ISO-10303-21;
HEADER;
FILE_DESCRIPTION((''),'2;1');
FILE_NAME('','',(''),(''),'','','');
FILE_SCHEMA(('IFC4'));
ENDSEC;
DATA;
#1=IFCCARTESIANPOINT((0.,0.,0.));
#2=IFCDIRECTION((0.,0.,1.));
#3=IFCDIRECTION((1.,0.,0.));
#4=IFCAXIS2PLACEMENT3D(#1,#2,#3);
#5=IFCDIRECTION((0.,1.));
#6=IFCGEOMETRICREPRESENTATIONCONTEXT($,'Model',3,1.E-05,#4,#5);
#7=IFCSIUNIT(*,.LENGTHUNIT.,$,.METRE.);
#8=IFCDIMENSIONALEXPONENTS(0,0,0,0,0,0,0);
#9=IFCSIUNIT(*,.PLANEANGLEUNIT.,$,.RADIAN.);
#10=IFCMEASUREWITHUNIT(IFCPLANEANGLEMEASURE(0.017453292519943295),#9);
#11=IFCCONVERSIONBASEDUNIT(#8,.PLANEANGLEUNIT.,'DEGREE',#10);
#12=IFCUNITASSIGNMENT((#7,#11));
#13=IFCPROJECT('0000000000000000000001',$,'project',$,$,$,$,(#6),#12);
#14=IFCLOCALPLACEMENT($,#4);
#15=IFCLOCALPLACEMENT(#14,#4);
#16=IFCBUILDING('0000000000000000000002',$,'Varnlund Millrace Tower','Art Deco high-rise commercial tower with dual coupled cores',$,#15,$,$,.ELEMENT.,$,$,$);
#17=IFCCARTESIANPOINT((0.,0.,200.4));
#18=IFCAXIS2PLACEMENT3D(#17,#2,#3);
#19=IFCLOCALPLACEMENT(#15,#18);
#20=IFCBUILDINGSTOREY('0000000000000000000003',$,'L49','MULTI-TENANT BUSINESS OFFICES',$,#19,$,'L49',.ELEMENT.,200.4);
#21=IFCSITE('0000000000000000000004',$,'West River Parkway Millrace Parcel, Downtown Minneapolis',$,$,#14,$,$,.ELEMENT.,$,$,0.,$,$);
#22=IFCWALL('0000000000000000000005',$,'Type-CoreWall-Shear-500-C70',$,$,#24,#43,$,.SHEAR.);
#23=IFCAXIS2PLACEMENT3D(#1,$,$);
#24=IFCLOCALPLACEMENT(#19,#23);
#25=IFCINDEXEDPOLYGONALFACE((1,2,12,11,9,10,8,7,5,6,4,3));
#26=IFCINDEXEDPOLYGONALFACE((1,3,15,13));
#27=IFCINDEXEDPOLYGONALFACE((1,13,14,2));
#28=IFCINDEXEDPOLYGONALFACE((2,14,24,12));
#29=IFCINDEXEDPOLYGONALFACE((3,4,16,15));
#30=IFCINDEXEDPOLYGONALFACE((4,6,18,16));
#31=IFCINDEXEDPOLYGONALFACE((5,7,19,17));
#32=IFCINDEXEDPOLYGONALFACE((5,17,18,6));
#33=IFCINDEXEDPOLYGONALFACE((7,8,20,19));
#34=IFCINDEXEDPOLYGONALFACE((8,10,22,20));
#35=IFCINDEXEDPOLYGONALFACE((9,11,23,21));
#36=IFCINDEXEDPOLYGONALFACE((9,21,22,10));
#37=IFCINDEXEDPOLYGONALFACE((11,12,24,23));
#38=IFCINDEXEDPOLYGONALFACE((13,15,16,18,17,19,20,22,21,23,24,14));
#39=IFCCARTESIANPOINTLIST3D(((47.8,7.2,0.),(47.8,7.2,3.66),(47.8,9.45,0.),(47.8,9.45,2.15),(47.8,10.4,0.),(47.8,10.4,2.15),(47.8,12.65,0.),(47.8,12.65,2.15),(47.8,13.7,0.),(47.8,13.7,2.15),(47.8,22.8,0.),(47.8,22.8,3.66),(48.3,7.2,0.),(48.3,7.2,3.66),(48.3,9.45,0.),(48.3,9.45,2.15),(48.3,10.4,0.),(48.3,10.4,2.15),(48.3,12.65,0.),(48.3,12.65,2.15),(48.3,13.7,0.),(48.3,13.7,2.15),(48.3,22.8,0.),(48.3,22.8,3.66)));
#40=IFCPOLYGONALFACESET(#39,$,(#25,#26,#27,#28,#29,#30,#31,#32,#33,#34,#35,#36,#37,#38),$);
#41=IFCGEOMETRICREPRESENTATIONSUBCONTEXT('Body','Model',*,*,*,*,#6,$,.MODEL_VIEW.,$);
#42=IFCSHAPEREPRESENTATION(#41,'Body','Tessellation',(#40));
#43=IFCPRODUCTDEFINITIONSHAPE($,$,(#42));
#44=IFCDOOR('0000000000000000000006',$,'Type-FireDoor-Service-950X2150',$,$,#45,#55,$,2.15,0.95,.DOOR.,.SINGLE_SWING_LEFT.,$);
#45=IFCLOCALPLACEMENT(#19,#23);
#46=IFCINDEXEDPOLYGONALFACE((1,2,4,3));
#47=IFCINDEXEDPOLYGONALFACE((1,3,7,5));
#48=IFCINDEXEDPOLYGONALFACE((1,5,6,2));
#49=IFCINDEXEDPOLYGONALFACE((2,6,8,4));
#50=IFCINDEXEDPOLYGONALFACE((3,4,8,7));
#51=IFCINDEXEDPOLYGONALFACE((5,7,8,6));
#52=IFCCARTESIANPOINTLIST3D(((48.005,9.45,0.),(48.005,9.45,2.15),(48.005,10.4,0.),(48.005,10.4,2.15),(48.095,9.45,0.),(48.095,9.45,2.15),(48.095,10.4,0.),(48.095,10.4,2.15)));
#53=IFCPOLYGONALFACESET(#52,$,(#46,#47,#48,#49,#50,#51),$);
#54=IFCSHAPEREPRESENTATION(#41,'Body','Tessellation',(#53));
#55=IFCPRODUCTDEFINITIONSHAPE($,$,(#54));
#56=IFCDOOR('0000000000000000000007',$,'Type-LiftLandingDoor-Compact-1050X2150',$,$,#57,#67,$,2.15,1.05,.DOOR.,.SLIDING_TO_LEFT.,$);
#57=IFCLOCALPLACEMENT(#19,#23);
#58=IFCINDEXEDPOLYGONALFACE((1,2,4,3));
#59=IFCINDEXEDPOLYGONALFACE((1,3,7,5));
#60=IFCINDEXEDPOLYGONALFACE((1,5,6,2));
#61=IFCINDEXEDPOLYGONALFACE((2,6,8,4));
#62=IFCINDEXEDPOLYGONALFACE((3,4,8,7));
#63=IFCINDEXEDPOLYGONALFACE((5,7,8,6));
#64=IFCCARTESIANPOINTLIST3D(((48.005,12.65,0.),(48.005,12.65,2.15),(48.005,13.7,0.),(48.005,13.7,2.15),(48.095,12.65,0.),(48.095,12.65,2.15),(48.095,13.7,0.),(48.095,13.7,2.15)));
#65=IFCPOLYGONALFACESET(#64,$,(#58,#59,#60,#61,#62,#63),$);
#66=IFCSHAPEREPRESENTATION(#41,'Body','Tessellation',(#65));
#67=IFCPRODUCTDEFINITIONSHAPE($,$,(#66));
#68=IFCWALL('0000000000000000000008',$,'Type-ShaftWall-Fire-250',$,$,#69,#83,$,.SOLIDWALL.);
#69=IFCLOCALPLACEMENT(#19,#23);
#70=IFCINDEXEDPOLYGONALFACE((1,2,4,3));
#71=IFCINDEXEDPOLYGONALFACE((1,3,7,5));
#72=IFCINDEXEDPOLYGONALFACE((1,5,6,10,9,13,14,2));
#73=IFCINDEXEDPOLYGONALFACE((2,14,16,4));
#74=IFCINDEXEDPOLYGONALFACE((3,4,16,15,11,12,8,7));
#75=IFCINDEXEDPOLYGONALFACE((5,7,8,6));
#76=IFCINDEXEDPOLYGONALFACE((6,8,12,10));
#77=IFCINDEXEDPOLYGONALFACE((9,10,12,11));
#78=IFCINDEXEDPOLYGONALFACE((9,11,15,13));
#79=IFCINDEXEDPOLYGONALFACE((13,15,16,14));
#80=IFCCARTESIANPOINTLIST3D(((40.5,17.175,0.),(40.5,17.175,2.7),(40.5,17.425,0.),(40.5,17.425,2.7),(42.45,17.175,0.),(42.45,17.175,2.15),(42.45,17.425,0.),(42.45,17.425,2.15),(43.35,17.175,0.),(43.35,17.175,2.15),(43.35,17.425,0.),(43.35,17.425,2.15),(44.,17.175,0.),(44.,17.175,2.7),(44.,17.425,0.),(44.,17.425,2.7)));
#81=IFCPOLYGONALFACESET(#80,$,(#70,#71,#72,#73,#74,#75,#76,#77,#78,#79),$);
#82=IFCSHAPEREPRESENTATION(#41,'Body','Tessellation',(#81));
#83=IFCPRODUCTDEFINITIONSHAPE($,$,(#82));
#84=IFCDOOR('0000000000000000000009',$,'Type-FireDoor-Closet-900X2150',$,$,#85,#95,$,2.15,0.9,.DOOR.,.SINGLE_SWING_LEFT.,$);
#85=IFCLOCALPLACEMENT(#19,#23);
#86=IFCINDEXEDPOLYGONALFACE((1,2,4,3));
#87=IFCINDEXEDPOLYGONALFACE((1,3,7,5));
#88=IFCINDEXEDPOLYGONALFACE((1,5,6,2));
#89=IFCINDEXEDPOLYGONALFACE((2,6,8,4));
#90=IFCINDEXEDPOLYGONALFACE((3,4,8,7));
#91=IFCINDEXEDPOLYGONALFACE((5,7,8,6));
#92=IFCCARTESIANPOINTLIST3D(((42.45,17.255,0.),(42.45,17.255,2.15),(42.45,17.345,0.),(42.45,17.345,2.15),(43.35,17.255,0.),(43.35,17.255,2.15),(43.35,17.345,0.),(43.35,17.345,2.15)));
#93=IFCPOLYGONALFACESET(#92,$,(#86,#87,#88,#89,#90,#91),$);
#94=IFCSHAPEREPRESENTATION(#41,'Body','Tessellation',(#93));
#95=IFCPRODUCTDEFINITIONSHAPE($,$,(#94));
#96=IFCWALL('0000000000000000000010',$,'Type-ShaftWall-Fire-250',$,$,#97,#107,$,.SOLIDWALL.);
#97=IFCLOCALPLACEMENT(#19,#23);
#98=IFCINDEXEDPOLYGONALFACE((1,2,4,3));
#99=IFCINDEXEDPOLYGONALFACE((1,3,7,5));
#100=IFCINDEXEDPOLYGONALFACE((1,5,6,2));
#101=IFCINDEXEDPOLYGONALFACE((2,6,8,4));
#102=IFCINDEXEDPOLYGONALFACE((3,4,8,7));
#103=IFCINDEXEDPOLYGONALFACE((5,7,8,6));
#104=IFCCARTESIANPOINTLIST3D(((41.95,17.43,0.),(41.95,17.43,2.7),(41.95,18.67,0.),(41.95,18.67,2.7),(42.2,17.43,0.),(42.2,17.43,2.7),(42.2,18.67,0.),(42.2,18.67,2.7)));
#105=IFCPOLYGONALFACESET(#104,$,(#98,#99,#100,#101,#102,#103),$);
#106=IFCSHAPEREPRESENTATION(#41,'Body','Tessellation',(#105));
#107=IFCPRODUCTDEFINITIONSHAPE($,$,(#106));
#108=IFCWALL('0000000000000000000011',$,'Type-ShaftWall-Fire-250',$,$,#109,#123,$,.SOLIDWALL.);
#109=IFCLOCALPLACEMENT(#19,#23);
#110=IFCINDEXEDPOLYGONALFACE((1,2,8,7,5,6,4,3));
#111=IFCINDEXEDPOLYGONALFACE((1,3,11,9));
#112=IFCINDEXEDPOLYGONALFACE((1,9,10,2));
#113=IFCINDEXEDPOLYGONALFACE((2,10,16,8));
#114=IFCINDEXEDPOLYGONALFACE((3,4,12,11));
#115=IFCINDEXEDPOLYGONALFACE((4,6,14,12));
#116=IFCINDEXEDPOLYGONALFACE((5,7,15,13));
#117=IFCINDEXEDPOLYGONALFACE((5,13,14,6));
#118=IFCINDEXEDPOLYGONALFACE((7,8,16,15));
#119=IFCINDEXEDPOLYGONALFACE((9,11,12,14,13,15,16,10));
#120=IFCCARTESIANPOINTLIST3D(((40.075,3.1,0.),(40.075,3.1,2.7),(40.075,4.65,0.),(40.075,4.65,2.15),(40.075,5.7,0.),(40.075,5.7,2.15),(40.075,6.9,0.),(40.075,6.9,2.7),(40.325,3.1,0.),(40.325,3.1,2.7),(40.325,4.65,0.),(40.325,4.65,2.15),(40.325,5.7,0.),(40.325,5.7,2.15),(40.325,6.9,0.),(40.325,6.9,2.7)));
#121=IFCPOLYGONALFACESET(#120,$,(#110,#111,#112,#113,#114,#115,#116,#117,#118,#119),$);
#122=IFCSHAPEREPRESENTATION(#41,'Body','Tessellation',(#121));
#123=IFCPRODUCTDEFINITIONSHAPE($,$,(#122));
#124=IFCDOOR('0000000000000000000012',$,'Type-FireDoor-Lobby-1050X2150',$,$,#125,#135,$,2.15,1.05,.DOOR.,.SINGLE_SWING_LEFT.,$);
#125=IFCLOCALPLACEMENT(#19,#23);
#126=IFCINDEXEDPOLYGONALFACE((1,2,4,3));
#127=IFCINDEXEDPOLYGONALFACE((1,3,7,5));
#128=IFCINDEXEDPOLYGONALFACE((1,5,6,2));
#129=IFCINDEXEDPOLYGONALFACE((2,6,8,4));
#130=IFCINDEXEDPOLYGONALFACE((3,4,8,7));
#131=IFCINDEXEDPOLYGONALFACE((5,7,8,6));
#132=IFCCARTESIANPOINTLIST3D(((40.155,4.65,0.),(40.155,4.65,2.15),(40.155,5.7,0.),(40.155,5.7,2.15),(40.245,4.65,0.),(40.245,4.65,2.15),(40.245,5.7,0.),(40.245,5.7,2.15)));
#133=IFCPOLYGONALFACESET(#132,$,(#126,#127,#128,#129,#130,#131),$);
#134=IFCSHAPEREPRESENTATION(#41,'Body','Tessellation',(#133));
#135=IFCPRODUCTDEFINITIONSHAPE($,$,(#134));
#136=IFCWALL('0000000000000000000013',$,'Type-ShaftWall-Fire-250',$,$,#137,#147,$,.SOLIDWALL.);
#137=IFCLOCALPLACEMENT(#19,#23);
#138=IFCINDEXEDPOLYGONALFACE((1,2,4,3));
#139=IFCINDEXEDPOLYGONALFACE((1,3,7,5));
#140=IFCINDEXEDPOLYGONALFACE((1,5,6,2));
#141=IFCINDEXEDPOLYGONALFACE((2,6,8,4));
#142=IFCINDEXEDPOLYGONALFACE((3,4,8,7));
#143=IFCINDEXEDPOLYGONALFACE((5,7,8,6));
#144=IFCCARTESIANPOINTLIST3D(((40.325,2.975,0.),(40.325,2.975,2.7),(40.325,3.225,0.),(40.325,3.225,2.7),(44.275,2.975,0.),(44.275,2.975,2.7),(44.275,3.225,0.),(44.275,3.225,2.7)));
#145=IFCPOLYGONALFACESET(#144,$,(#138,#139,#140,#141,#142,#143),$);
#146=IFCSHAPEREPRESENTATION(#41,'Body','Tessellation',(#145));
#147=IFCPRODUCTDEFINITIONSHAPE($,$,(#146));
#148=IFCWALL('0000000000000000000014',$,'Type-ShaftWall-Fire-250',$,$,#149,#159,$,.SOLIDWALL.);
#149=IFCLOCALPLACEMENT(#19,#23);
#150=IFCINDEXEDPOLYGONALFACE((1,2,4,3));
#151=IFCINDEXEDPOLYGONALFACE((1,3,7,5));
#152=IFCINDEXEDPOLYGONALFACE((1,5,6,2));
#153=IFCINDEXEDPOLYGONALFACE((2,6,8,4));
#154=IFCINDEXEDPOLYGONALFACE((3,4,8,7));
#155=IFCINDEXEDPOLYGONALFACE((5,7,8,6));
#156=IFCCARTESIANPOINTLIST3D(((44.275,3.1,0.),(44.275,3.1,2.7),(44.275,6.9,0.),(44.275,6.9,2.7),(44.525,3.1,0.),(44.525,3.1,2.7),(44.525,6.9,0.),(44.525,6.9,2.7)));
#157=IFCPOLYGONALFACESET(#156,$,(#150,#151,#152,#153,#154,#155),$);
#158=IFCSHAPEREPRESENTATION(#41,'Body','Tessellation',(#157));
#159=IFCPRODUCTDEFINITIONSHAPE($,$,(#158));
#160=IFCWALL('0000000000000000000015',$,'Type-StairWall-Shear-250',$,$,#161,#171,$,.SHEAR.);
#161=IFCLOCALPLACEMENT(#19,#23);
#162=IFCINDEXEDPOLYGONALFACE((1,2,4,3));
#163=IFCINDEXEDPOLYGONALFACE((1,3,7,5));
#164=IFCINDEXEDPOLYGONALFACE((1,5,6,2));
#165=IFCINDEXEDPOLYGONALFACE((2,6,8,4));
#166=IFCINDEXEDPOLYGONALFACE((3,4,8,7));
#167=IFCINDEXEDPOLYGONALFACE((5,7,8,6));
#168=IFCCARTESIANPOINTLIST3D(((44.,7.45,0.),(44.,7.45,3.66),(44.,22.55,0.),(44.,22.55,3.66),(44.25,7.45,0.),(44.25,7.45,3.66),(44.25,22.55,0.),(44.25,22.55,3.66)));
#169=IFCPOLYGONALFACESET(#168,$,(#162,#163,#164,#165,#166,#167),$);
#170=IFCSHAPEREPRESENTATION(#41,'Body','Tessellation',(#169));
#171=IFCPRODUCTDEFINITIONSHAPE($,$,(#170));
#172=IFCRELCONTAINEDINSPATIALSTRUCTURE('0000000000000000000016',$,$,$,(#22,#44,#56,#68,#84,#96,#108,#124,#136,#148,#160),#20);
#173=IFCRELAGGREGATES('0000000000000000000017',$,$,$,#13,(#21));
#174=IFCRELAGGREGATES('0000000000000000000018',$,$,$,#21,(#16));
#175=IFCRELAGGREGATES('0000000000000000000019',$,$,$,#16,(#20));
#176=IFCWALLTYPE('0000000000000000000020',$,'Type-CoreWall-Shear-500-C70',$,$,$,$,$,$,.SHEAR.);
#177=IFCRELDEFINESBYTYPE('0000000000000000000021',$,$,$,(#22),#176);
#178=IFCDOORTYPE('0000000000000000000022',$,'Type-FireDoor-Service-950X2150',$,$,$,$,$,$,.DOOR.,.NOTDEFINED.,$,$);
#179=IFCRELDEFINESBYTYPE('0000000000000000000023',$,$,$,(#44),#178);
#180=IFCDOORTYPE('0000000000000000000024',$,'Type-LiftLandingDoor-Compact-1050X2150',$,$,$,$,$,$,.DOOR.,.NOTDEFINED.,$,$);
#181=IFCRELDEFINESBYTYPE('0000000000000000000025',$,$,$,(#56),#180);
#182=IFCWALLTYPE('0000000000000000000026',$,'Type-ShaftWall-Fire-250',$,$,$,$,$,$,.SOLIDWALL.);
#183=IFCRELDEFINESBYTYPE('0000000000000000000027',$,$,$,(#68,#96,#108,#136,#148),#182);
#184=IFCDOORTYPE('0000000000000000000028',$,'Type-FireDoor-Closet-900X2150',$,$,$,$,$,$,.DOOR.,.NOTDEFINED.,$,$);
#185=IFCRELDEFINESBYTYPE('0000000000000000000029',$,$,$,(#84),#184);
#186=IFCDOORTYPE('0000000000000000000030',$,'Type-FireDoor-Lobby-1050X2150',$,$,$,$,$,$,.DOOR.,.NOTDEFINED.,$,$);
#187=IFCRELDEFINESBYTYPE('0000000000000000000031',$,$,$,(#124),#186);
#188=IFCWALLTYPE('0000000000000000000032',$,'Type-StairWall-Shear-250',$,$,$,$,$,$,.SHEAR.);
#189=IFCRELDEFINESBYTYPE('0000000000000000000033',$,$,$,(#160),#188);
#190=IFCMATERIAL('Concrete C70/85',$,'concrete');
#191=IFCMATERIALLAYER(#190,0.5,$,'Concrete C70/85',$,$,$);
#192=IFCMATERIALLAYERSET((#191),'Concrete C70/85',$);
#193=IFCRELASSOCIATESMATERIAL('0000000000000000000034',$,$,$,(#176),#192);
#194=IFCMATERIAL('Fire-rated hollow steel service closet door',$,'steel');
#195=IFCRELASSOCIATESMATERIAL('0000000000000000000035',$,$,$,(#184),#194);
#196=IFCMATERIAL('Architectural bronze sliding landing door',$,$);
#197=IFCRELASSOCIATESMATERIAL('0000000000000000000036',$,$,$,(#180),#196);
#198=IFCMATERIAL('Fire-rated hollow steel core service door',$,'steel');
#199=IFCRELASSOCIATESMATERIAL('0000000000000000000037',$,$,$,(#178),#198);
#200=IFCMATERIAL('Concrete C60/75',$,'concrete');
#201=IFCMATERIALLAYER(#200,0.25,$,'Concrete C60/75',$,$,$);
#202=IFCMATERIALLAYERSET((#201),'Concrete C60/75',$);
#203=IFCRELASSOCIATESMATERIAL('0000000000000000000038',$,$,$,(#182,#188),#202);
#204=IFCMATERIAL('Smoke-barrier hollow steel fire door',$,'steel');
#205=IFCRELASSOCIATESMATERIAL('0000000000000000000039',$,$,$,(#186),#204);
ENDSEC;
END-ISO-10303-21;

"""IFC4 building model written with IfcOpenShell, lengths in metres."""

from ifc_helpers import new_model, entity, si_unit, converted_unit, direction, frame, origin_with_axes, origin_2d_with_axis, place, context, subcontext, project, spatial, polyline, rectangle, outline, extrude, material, layer, layer_set, type_object, element, fill, save


model = new_model("IFC4")

# Units and contexts
model_context = context("Model", 3, precision=1e-05, world=origin_with_axes(), true_north=direction((0.0, 1.0)))
body_context = subcontext(model_context, "Body", "Model", "MODEL_VIEW")
ifc_project = project(units=[si_unit("LENGTHUNIT", "METRE"), converted_unit("PLANEANGLEUNIT", "DEGREE", entity("IfcPlaneAngleMeasure", 0.017453292519943295), si_unit("PLANEANGLEUNIT", "RADIAN"), dimensions=[0, 0, 0, 0, 0, 0, 0])], contexts=[model_context])

# Site, building, storey
site_placement = place(None, origin_with_axes())
site = spatial("IfcSite", under=ifc_project, at=site_placement, Name="West River Parkway Millrace Parcel, Downtown Minneapolis", CompositionType="ELEMENT", RefElevation=0.0)
building_placement = place(site_placement, origin_with_axes())
building = spatial("IfcBuilding", under=site, at=building_placement, Name="Varnlund Millrace Tower", Description="Art Deco high-rise commercial tower with dual coupled cores", CompositionType="ELEMENT")
storey_placement = place(building_placement, frame((0.0, 0.0, 200.4), z_axis=(0.0, 0.0, 1.0), x_axis=(1.0, 0.0, 0.0)))
storey = spatial("IfcBuildingStorey", under=building, at=storey_placement, Name="L49", Description="MULTI-TENANT BUSINESS OFFICES", LongName="L49", CompositionType="ELEMENT", Elevation=200.4)

# Shared definitions
ifc_material_1 = material(Name="Concrete C70/85", Category="concrete")

# Shared definitions
ifc_layer_1 = layer(ifc_material_1, 0.5, Name="Concrete C70/85")
ifc_layer_set_1 = layer_set([ifc_layer_1], Name="Concrete C70/85")
wall_type_1 = type_object("IfcWallType", Name="Type-CoreWall-Shear-500-C70", PredefinedType="SHEAR", material=ifc_layer_set_1)
ifc_material_2 = material(Name="Fire-rated hollow steel service closet door", Category="steel")
door_type_1 = type_object("IfcDoorType", Name="Type-FireDoor-Closet-900X2150", OperationType="NOTDEFINED", PredefinedType="DOOR", material=ifc_material_2)
ifc_material_3 = material(Name="Architectural bronze sliding landing door")
door_type_2 = type_object("IfcDoorType", Name="Type-LiftLandingDoor-Compact-1050X2150", OperationType="NOTDEFINED", PredefinedType="DOOR", material=ifc_material_3)

# Wall, openings, doors
wall_1_placement = place(storey_placement, frame((48.05, 7.2, 0.0), z_axis=(0.0, 0.0, 1.0), x_axis=(0.0, 1.0, 0.0)))
wall_1 = element("IfcWall", 1, at=wall_1_placement, inside=storey, type_object=wall_type_1, Name="Type-CoreWall-Shear-500-C70", PredefinedType="SHEAR", context=body_context, shape_type="SweptSolid", body=[
    extrude(outline(polyline([(0.0, -0.25), (15.6, -0.25), (15.6, 0.25), (0.0, 0.25), (0.0, -0.25)])), origin_with_axes(), (0.0, 0.0, 1.0), 3.66),
])
opening_1_placement = place(wall_1_placement, frame((5.975, 0.0, 0.0), z_axis=(0.0, 0.0, 1.0), x_axis=(1.0, 0.0, 0.0)))
opening_1 = element("IfcOpeningElement", 2, at=opening_1_placement, cuts=wall_1, PredefinedType="OPENING", context=body_context, shape_type="SweptSolid", body=[
    extrude(rectangle(XDim=1.05, YDim=0.52, at=origin_2d_with_axis()), origin_with_axes(), (0.0, 0.0, 1.0), 2.15),
])
opening_2_placement = place(wall_1_placement, frame((2.725, 0.0, 0.0), z_axis=(0.0, 0.0, 1.0), x_axis=(1.0, 0.0, 0.0)))
opening_2 = element("IfcOpeningElement", 3, at=opening_2_placement, cuts=wall_1, PredefinedType="OPENING", context=body_context, shape_type="SweptSolid", body=[
    extrude(rectangle(XDim=0.95, YDim=0.52, at=origin_2d_with_axis()), origin_with_axes(), (0.0, 0.0, 1.0), 2.15),
])
ifc_material_4 = material(Name="Fire-rated hollow steel core service door", Category="steel")
door_type_3 = type_object("IfcDoorType", Name="Type-FireDoor-Service-950X2150", OperationType="NOTDEFINED", PredefinedType="DOOR", material=ifc_material_4)
door_1_placement = place(wall_1_placement, frame((2.725, 0.0, 0.0), z_axis=(0.0, 0.0, 1.0), x_axis=(1.0, 0.0, 0.0)))
door_1 = element("IfcDoor", 4, at=door_1_placement, inside=storey, type_object=door_type_3, Name="Type-FireDoor-Service-950X2150", OperationType="SINGLE_SWING_LEFT", OverallHeight=2.15, OverallWidth=0.95, PredefinedType="DOOR", context=body_context, shape_type="SweptSolid", body=[
    extrude(rectangle(XDim=0.95, YDim=0.09, at=origin_2d_with_axis()), origin_with_axes(), (0.0, 0.0, 1.0), 2.15),
])
fill(opening_2, door_1)
door_2_placement = place(wall_1_placement, frame((5.975, 0.0, 0.0), z_axis=(0.0, 0.0, 1.0), x_axis=(1.0, 0.0, 0.0)))
door_2 = element("IfcDoor", 5, at=door_2_placement, inside=storey, type_object=door_type_2, Name="Type-LiftLandingDoor-Compact-1050X2150", OperationType="SLIDING_TO_LEFT", OverallHeight=2.15, OverallWidth=1.05, PredefinedType="DOOR", context=body_context, shape_type="SweptSolid", body=[
    extrude(rectangle(XDim=1.05, YDim=0.09, at=origin_2d_with_axis()), origin_with_axes(), (0.0, 0.0, 1.0), 2.15),
])
fill(opening_1, door_2)

# Wall, opening, door
ifc_material_5 = material(Name="Concrete C60/75", Category="concrete")
ifc_layer_2 = layer(ifc_material_5, 0.25, Name="Concrete C60/75")
ifc_layer_set_2 = layer_set([ifc_layer_2], Name="Concrete C60/75")
wall_type_2 = type_object("IfcWallType", Name="Type-ShaftWall-Fire-250", PredefinedType="SOLIDWALL", material=ifc_layer_set_2)
wall_2_placement = place(storey_placement, frame((40.5, 17.3, 0.0), z_axis=(0.0, 0.0, 1.0), x_axis=(1.0, 0.0, 0.0)))
wall_2 = element("IfcWall", 6, at=wall_2_placement, inside=storey, type_object=wall_type_2, Name="Type-ShaftWall-Fire-250", PredefinedType="SOLIDWALL", context=body_context, shape_type="SweptSolid", body=[
    extrude(outline(polyline([(0.0, -0.125), (3.5, -0.125), (3.5, 0.125), (0.0, 0.125), (0.0, -0.125)])), origin_with_axes(), (0.0, 0.0, 1.0), 2.7),
])
opening_3_placement = place(wall_2_placement, frame((2.4, 0.0, 0.0), z_axis=(0.0, 0.0, 1.0), x_axis=(1.0, 0.0, 0.0)))
opening_3 = element("IfcOpeningElement", 7, at=opening_3_placement, cuts=wall_2, PredefinedType="OPENING", context=body_context, shape_type="SweptSolid", body=[
    extrude(rectangle(XDim=0.9, YDim=0.27, at=origin_2d_with_axis()), origin_with_axes(), (0.0, 0.0, 1.0), 2.15),
])
door_3_placement = place(wall_2_placement, frame((2.4, 0.0, 0.0), z_axis=(0.0, 0.0, 1.0), x_axis=(1.0, 0.0, 0.0)))
door_3 = element("IfcDoor", 8, at=door_3_placement, inside=storey, type_object=door_type_1, Name="Type-FireDoor-Closet-900X2150", OperationType="SINGLE_SWING_LEFT", OverallHeight=2.15, OverallWidth=0.9, PredefinedType="DOOR", context=body_context, shape_type="SweptSolid", body=[
    extrude(rectangle(XDim=0.9, YDim=0.09, at=origin_2d_with_axis()), origin_with_axes(), (0.0, 0.0, 1.0), 2.15),
])
fill(opening_3, door_3)

# Wall
wall_3_placement = place(storey_placement, frame((42.075, 17.43, 0.0), z_axis=(0.0, 0.0, 1.0), x_axis=(0.0, 1.0, 0.0)))
element("IfcWall", 9, at=wall_3_placement, inside=storey, type_object=wall_type_2, Name="Type-ShaftWall-Fire-250", PredefinedType="SOLIDWALL", context=body_context, shape_type="SweptSolid", body=[
    extrude(outline(polyline([(0.0, -0.125), (1.24, -0.125), (1.24, 0.125), (0.0, 0.125), (0.0, -0.125)])), origin_with_axes(), (0.0, 0.0, 1.0), 2.7),
])

# Wall, opening, door
wall_4_placement = place(storey_placement, frame((40.2, 3.1, 0.0), z_axis=(0.0, 0.0, 1.0), x_axis=(0.0, 1.0, 0.0)))
wall_4 = element("IfcWall", 10, at=wall_4_placement, inside=storey, type_object=wall_type_2, Name="Type-ShaftWall-Fire-250", PredefinedType="SOLIDWALL", context=body_context, shape_type="SweptSolid", body=[
    extrude(outline(polyline([(0.0, -0.125), (3.8, -0.125), (3.8, 0.125), (0.0, 0.125), (0.0, -0.125)])), origin_with_axes(), (0.0, 0.0, 1.0), 2.7),
])
opening_4_placement = place(wall_4_placement, frame((2.075, 0.0, 0.0), z_axis=(0.0, 0.0, 1.0), x_axis=(1.0, 0.0, 0.0)))
opening_4 = element("IfcOpeningElement", 11, at=opening_4_placement, cuts=wall_4, PredefinedType="OPENING", context=body_context, shape_type="SweptSolid", body=[
    extrude(rectangle(XDim=1.05, YDim=0.27, at=origin_2d_with_axis()), origin_with_axes(), (0.0, 0.0, 1.0), 2.15),
])
ifc_material_6 = material(Name="Smoke-barrier hollow steel fire door", Category="steel")
door_type_4 = type_object("IfcDoorType", Name="Type-FireDoor-Lobby-1050X2150", OperationType="NOTDEFINED", PredefinedType="DOOR", material=ifc_material_6)
door_4_placement = place(wall_4_placement, frame((2.075, 0.0, 0.0), z_axis=(0.0, 0.0, 1.0), x_axis=(1.0, 0.0, 0.0)))
door_4 = element("IfcDoor", 12, at=door_4_placement, inside=storey, type_object=door_type_4, Name="Type-FireDoor-Lobby-1050X2150", OperationType="SINGLE_SWING_LEFT", OverallHeight=2.15, OverallWidth=1.05, PredefinedType="DOOR", context=body_context, shape_type="SweptSolid", body=[
    extrude(rectangle(XDim=1.05, YDim=0.09, at=origin_2d_with_axis()), origin_with_axes(), (0.0, 0.0, 1.0), 2.15),
])
fill(opening_4, door_4)

# Walls
wall_5_placement = place(storey_placement, frame((40.325, 3.1, 0.0), z_axis=(0.0, 0.0, 1.0), x_axis=(1.0, 0.0, 0.0)))
element("IfcWall", 13, at=wall_5_placement, inside=storey, type_object=wall_type_2, Name="Type-ShaftWall-Fire-250", PredefinedType="SOLIDWALL", context=body_context, shape_type="SweptSolid", body=[
    extrude(outline(polyline([(0.0, -0.125), (3.95, -0.125), (3.95, 0.125), (0.0, 0.125), (0.0, -0.125)])), origin_with_axes(), (0.0, 0.0, 1.0), 2.7),
])
wall_6_placement = place(storey_placement, frame((44.4, 3.1, 0.0), z_axis=(0.0, 0.0, 1.0), x_axis=(0.0, 1.0, 0.0)))
element("IfcWall", 14, at=wall_6_placement, inside=storey, type_object=wall_type_2, Name="Type-ShaftWall-Fire-250", PredefinedType="SOLIDWALL", context=body_context, shape_type="SweptSolid", body=[
    extrude(outline(polyline([(0.0, -0.125), (3.8, -0.125), (3.8, 0.125), (0.0, 0.125), (0.0, -0.125)])), origin_with_axes(), (0.0, 0.0, 1.0), 2.7),
])
wall_type_3 = type_object("IfcWallType", Name="Type-StairWall-Shear-250", PredefinedType="SHEAR", material=ifc_layer_set_2)
wall_7_placement = place(storey_placement, frame((44.125, 7.45, 0.0), z_axis=(0.0, 0.0, 1.0), x_axis=(0.0, 1.0, 0.0)))
element("IfcWall", 15, at=wall_7_placement, inside=storey, type_object=wall_type_3, Name="Type-StairWall-Shear-250", PredefinedType="SHEAR", context=body_context, shape_type="SweptSolid", body=[
    extrude(outline(polyline([(0.0, -0.125), (15.1, -0.125), (15.1, 0.125), (0.0, 0.125), (0.0, -0.125)])), origin_with_axes(), (0.0, 0.0, 1.0), 3.66),
])

save(model, "model.ifc")
